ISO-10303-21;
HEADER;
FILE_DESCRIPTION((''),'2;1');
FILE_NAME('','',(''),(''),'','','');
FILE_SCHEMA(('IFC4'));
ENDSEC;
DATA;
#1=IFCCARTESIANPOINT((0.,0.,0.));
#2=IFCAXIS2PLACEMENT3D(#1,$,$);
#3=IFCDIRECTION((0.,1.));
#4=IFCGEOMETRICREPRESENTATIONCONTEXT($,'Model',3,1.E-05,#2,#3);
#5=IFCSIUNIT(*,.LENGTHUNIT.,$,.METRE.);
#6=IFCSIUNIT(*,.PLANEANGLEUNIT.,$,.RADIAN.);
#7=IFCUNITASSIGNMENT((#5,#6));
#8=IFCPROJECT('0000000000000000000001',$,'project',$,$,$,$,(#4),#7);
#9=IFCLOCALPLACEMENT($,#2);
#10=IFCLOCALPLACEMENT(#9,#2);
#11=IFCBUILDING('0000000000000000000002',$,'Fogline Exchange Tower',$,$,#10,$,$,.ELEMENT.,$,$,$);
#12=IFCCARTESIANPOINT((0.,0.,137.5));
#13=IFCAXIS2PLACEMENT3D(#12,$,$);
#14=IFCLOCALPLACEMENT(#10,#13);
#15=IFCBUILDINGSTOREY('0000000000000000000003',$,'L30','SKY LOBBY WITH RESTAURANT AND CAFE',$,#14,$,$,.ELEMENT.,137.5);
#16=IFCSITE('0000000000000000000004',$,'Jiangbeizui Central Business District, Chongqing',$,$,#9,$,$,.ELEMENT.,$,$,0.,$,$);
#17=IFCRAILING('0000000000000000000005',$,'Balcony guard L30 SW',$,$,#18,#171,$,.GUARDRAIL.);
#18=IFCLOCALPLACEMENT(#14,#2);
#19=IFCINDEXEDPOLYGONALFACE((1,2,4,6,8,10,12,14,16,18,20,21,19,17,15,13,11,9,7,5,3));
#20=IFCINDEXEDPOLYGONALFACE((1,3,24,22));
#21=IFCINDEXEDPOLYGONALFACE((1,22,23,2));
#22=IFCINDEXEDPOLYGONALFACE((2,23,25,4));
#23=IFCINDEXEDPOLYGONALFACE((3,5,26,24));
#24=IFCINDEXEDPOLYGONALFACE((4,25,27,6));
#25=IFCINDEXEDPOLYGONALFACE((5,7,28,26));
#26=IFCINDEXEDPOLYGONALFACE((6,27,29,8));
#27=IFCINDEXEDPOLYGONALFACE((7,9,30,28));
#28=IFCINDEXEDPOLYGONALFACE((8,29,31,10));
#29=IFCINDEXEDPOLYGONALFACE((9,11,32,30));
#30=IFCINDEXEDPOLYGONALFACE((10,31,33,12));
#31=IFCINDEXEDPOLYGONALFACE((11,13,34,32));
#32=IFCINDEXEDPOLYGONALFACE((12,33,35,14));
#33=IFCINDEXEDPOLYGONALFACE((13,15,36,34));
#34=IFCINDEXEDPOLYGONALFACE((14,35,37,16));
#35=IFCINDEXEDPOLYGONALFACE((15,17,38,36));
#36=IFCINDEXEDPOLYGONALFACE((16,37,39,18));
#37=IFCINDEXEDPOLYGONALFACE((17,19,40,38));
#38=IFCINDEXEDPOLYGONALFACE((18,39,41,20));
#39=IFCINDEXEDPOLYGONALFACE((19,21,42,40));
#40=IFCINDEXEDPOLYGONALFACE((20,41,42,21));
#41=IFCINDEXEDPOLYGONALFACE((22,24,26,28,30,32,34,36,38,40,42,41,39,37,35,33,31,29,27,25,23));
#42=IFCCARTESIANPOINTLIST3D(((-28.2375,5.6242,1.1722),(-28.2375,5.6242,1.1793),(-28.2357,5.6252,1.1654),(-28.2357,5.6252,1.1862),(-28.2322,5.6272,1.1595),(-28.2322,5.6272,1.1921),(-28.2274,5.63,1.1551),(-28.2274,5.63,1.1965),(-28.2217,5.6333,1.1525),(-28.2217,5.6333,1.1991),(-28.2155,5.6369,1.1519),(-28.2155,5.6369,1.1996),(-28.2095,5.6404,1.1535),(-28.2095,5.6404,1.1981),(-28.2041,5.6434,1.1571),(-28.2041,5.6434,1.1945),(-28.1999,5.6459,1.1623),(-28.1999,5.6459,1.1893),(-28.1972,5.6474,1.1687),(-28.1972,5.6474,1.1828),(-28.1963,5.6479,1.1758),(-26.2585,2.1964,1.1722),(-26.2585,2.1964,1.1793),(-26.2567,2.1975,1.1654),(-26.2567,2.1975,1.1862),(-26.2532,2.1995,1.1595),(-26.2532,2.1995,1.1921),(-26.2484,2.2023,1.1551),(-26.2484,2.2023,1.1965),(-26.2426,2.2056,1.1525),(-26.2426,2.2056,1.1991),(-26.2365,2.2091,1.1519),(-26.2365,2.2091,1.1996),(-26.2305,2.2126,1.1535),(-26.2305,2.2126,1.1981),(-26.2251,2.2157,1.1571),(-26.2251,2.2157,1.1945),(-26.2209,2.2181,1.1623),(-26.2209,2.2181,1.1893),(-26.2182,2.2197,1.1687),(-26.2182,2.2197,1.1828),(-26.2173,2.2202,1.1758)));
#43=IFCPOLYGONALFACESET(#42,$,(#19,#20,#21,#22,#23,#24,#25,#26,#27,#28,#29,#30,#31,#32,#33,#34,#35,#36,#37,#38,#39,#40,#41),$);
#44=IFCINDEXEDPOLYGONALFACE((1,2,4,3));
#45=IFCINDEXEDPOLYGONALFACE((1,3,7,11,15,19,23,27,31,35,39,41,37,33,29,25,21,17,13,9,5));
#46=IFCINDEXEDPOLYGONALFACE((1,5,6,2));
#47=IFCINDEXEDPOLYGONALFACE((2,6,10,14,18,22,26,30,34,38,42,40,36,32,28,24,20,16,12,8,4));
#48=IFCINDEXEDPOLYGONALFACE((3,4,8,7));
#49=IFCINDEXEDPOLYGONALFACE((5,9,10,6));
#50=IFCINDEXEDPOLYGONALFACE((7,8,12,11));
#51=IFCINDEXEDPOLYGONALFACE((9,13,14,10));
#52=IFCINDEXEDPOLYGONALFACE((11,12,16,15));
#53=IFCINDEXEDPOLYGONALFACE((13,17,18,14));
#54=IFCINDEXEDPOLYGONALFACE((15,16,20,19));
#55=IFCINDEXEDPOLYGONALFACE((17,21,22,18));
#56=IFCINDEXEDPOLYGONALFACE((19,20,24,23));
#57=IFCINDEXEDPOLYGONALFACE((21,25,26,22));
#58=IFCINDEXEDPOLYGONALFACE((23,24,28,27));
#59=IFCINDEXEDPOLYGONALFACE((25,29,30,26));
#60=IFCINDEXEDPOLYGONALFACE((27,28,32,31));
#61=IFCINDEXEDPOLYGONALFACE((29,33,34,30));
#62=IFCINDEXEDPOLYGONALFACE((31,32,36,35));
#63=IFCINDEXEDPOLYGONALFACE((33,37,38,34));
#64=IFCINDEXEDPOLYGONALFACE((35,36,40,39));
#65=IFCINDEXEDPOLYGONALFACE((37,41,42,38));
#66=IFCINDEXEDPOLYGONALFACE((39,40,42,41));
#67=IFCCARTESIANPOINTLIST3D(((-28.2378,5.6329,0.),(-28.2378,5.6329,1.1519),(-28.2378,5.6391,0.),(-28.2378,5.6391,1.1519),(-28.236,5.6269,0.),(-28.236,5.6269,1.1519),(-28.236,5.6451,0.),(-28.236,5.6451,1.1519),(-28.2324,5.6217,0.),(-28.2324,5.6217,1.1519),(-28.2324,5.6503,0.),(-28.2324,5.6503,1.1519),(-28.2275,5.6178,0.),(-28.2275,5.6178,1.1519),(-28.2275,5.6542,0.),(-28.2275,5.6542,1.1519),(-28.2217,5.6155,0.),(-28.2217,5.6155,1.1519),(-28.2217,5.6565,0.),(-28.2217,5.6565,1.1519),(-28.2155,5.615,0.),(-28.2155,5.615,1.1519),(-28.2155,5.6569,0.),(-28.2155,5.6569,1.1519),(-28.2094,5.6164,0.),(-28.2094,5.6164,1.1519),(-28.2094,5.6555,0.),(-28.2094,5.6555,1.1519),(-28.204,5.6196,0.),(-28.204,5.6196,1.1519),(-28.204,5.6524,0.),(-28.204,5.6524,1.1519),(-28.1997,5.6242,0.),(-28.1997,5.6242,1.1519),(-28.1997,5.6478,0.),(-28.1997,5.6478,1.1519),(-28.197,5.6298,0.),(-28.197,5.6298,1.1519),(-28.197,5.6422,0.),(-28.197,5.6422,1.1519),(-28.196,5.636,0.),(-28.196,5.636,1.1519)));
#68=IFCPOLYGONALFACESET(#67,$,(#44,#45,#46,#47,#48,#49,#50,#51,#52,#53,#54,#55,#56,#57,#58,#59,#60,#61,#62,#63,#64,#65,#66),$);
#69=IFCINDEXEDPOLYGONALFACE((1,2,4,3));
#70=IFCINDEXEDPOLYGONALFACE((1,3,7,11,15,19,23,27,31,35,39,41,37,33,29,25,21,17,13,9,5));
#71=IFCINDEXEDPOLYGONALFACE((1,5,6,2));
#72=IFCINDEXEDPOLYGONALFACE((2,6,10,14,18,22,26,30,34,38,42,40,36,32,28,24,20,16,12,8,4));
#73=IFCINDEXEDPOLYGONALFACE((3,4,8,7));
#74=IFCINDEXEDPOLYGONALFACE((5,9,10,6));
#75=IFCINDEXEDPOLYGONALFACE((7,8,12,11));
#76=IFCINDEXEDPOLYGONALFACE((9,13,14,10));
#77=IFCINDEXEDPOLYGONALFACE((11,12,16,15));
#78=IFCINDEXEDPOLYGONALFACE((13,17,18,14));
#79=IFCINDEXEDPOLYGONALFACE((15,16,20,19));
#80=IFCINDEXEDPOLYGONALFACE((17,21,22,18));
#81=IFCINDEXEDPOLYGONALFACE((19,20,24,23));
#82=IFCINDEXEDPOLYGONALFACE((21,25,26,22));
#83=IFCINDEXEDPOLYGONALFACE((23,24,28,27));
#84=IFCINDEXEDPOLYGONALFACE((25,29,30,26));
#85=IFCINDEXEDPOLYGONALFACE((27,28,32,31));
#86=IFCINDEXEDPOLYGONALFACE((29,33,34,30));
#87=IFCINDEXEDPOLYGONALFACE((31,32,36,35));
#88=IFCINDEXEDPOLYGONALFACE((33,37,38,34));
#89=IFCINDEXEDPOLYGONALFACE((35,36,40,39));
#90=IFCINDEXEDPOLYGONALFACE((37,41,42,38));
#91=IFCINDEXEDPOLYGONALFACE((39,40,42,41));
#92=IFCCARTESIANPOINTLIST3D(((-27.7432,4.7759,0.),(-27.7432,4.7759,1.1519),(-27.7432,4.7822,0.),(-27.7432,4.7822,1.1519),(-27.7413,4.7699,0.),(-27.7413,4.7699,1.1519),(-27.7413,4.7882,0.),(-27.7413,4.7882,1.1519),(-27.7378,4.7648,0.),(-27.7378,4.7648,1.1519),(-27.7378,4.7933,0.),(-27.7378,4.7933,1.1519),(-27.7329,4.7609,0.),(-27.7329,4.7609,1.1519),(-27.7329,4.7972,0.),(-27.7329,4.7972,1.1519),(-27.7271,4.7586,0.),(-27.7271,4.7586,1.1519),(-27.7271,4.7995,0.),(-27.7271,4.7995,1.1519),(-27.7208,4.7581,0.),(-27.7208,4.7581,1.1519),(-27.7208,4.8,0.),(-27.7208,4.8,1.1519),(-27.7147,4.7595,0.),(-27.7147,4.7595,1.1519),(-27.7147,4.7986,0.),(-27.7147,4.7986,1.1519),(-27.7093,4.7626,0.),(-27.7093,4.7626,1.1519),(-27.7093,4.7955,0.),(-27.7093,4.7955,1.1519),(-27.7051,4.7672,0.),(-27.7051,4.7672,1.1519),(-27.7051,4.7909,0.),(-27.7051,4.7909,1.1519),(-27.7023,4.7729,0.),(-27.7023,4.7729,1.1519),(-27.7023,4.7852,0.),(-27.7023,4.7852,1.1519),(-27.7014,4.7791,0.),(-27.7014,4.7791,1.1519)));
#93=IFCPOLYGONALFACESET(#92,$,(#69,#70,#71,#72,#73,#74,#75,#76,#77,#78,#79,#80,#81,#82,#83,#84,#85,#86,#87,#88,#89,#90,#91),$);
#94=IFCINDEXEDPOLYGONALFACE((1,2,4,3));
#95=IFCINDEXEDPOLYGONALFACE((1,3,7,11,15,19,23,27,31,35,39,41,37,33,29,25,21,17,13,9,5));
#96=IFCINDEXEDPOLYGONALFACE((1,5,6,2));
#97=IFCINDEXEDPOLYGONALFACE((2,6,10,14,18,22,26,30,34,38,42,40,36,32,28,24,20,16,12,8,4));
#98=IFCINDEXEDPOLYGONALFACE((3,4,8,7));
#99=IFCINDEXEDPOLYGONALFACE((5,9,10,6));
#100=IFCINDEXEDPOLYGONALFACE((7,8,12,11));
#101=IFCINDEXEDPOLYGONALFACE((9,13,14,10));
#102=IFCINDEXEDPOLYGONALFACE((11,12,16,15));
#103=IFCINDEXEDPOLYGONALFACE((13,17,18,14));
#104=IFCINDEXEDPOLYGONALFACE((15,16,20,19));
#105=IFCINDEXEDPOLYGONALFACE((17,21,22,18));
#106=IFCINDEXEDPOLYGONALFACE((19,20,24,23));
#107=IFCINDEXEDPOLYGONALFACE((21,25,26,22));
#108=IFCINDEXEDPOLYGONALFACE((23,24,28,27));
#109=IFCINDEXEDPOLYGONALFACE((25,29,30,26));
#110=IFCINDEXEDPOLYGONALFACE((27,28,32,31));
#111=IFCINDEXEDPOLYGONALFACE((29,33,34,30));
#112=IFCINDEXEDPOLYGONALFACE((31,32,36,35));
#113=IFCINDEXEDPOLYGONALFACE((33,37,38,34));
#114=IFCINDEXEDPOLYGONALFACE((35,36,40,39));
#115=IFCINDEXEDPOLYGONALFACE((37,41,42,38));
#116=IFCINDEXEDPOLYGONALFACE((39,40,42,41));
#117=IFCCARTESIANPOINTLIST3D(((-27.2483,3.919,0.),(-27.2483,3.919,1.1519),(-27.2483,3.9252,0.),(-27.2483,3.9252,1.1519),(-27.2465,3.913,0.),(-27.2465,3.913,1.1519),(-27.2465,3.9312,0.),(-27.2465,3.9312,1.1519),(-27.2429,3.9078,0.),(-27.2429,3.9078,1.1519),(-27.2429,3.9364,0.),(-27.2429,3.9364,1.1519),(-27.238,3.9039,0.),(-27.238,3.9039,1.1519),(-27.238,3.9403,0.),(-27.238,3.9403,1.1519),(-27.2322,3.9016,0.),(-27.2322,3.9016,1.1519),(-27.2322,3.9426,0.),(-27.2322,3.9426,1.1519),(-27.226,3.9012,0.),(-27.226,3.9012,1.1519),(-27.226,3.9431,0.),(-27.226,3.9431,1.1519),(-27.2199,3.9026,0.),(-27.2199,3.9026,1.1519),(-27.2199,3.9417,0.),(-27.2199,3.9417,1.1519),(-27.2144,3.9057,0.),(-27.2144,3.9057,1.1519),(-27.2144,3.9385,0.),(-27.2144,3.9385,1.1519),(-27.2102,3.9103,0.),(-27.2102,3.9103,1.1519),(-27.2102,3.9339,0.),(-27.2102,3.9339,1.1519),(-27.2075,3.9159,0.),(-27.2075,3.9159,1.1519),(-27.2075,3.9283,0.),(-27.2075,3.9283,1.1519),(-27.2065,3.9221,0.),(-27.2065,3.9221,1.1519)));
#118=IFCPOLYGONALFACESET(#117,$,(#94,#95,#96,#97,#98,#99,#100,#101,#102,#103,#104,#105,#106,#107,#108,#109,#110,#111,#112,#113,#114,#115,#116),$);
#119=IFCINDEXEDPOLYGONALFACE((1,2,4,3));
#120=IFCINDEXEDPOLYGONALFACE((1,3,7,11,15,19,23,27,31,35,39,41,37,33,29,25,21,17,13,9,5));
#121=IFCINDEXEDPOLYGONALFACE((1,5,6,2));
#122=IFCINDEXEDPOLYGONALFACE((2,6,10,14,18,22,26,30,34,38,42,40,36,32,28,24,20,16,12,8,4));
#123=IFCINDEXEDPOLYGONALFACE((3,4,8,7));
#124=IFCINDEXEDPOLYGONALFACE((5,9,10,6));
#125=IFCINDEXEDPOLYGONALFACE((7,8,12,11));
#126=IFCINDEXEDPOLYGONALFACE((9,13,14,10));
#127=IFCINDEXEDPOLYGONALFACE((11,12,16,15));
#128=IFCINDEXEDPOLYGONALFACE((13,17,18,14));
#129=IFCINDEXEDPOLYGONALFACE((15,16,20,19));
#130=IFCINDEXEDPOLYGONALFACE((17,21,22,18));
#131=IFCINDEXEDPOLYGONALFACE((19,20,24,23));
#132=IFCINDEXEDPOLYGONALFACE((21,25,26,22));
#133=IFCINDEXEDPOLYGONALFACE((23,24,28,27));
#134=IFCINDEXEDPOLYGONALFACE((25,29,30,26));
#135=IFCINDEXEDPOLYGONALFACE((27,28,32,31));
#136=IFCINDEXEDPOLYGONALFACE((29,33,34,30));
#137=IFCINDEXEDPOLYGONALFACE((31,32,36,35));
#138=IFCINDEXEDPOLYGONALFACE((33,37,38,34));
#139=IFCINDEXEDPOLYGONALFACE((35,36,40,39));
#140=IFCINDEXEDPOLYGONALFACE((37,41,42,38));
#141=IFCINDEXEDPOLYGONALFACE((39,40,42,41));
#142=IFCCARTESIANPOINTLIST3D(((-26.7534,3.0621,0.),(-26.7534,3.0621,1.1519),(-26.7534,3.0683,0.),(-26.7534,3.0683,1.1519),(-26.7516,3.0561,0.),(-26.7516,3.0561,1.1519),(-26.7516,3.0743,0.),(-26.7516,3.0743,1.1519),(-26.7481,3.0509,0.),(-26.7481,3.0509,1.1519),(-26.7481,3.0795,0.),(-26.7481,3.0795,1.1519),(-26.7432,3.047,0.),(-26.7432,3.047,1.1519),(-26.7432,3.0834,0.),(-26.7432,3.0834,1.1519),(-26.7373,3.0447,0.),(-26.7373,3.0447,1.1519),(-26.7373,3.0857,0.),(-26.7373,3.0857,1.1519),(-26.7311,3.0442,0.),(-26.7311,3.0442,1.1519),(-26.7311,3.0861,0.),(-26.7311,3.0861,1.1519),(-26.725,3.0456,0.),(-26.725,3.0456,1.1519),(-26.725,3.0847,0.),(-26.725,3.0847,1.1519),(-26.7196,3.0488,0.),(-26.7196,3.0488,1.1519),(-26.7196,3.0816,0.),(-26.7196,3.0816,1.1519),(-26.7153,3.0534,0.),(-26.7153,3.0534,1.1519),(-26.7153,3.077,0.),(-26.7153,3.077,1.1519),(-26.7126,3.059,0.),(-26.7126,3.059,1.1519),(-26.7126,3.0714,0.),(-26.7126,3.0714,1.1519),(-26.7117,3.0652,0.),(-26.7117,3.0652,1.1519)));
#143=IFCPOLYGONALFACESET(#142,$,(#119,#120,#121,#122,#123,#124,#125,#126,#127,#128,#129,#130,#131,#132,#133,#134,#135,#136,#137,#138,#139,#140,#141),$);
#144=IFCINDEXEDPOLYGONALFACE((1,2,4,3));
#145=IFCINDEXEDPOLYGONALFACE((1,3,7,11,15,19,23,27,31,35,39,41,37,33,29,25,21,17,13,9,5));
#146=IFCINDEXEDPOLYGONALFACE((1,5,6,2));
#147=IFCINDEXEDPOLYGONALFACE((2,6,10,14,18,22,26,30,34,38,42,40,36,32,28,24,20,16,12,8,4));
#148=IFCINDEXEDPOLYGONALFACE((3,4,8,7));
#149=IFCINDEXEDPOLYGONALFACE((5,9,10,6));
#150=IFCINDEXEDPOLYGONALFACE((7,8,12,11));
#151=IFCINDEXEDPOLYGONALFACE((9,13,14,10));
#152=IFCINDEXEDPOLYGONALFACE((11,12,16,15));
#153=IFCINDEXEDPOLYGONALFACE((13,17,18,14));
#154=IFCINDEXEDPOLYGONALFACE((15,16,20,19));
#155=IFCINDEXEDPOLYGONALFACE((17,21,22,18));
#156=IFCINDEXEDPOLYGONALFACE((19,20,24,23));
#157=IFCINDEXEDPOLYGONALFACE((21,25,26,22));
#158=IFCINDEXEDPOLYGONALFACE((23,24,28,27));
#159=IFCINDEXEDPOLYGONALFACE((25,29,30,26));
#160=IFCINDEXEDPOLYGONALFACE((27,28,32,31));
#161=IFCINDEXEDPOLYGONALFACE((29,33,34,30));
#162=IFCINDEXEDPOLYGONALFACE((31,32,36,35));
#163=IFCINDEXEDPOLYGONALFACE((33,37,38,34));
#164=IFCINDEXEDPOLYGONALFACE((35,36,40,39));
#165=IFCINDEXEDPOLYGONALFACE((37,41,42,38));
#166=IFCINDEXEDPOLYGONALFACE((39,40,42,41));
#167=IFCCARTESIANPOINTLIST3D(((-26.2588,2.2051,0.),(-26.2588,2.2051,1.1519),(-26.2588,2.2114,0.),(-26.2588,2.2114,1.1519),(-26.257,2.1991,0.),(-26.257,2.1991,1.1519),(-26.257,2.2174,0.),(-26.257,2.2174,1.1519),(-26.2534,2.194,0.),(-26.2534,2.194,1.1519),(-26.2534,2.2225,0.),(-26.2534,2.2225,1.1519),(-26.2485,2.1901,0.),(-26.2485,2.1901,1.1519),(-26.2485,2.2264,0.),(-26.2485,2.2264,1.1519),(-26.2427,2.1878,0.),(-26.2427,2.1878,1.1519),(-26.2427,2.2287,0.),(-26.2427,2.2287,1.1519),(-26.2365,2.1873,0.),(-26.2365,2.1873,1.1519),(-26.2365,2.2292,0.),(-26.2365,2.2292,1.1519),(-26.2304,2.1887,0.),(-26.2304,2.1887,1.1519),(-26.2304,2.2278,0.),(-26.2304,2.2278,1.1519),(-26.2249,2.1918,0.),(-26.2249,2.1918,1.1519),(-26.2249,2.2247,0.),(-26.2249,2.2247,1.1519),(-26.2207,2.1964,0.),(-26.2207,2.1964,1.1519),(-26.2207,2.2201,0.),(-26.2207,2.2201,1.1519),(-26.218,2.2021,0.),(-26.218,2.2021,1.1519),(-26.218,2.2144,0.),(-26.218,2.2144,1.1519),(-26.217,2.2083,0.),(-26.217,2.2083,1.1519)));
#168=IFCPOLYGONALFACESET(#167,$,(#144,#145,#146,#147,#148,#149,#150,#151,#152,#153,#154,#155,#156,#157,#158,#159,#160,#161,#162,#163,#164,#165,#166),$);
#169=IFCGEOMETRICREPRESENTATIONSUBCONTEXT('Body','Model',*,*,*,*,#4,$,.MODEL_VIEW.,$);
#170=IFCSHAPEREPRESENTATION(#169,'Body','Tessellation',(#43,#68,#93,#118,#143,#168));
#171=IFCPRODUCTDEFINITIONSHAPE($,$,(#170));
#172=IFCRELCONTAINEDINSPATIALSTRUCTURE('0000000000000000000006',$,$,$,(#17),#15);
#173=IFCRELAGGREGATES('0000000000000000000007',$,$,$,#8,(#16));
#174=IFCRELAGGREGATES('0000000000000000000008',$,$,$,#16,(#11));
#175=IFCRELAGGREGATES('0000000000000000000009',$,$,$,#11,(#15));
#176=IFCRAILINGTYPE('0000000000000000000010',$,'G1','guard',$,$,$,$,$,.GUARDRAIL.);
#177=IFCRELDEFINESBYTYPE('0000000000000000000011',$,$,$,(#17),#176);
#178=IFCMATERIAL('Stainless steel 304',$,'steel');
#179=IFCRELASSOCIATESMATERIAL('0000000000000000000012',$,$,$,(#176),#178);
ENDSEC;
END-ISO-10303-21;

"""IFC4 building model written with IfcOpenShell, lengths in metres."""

from ifc_helpers import new_model, si_unit, direction, frame, origin, origin_2d, place, context, subcontext, project, spatial, circle, extrude, material, type_object, element, save


model = new_model("IFC4")

# Units and contexts
model_context = context("Model", 3, precision=1e-05, world=origin(), true_north=direction((0.0, 1.0)))
body_context = subcontext(model_context, "Body", "Model", "MODEL_VIEW")
ifc_project = project(units=[si_unit("LENGTHUNIT", "METRE"), si_unit("PLANEANGLEUNIT", "RADIAN")], contexts=[model_context])

# Site, building, storey
site_placement = place(None, origin())
site = spatial("IfcSite", under=ifc_project, at=site_placement, Name="Jiangbeizui Central Business District, Chongqing", CompositionType="ELEMENT", RefElevation=0.0)
building_placement = place(site_placement, origin())
building = spatial("IfcBuilding", under=site, at=building_placement, Name="Fogline Exchange Tower", CompositionType="ELEMENT")
storey_placement = place(building_placement, frame((0.0, 0.0, 137.5)))
storey = spatial("IfcBuildingStorey", under=building, at=storey_placement, Name="L30", Description="SKY LOBBY WITH RESTAURANT AND CAFE", CompositionType="ELEMENT", Elevation=137.5)

# Railing
ifc_material_1 = material(Name="Stainless steel 304", Category="steel")
railing_type = type_object("IfcRailingType", Name="G1", Description="guard", PredefinedType="GUARDRAIL", material=ifc_material_1)
railing_placement = place(storey_placement, frame((-28.217, 5.636, 0.0)))
element("IfcRailing", 1, at=railing_placement, inside=storey, type_object=railing_type, Name="Balcony guard L30 SW", PredefinedType="GUARDRAIL", context=body_context, shape_type="SweptSolid", body=[
    extrude(circle(Radius=0.0239, at=origin_2d()), frame((0.0, 0.0, 1.1758), z_axis=(0.5, -0.866025, 0.0), x_axis=(0.866025, 0.5, 0.0)), (0.0, 0.0, 1.0), 3.958),
    extrude(circle(Radius=0.021, at=origin_2d()), origin(), (0.0, 0.0, 1.0), 1.1519),
    extrude(circle(Radius=0.021, at=origin_2d()), frame((0.4946, -0.8569, 0.0)), (0.0, 0.0, 1.0), 1.1519),
    extrude(circle(Radius=0.021, at=origin_2d()), frame((0.9895, -1.7139, 0.0)), (0.0, 0.0, 1.0), 1.1519),
    extrude(circle(Radius=0.021, at=origin_2d()), frame((1.4844, -2.5708, 0.0)), (0.0, 0.0, 1.0), 1.1519),
    extrude(circle(Radius=0.021, at=origin_2d()), frame((1.979, -3.4277, 0.0)), (0.0, 0.0, 1.0), 1.1519),
])

save(model, "model.ifc")
